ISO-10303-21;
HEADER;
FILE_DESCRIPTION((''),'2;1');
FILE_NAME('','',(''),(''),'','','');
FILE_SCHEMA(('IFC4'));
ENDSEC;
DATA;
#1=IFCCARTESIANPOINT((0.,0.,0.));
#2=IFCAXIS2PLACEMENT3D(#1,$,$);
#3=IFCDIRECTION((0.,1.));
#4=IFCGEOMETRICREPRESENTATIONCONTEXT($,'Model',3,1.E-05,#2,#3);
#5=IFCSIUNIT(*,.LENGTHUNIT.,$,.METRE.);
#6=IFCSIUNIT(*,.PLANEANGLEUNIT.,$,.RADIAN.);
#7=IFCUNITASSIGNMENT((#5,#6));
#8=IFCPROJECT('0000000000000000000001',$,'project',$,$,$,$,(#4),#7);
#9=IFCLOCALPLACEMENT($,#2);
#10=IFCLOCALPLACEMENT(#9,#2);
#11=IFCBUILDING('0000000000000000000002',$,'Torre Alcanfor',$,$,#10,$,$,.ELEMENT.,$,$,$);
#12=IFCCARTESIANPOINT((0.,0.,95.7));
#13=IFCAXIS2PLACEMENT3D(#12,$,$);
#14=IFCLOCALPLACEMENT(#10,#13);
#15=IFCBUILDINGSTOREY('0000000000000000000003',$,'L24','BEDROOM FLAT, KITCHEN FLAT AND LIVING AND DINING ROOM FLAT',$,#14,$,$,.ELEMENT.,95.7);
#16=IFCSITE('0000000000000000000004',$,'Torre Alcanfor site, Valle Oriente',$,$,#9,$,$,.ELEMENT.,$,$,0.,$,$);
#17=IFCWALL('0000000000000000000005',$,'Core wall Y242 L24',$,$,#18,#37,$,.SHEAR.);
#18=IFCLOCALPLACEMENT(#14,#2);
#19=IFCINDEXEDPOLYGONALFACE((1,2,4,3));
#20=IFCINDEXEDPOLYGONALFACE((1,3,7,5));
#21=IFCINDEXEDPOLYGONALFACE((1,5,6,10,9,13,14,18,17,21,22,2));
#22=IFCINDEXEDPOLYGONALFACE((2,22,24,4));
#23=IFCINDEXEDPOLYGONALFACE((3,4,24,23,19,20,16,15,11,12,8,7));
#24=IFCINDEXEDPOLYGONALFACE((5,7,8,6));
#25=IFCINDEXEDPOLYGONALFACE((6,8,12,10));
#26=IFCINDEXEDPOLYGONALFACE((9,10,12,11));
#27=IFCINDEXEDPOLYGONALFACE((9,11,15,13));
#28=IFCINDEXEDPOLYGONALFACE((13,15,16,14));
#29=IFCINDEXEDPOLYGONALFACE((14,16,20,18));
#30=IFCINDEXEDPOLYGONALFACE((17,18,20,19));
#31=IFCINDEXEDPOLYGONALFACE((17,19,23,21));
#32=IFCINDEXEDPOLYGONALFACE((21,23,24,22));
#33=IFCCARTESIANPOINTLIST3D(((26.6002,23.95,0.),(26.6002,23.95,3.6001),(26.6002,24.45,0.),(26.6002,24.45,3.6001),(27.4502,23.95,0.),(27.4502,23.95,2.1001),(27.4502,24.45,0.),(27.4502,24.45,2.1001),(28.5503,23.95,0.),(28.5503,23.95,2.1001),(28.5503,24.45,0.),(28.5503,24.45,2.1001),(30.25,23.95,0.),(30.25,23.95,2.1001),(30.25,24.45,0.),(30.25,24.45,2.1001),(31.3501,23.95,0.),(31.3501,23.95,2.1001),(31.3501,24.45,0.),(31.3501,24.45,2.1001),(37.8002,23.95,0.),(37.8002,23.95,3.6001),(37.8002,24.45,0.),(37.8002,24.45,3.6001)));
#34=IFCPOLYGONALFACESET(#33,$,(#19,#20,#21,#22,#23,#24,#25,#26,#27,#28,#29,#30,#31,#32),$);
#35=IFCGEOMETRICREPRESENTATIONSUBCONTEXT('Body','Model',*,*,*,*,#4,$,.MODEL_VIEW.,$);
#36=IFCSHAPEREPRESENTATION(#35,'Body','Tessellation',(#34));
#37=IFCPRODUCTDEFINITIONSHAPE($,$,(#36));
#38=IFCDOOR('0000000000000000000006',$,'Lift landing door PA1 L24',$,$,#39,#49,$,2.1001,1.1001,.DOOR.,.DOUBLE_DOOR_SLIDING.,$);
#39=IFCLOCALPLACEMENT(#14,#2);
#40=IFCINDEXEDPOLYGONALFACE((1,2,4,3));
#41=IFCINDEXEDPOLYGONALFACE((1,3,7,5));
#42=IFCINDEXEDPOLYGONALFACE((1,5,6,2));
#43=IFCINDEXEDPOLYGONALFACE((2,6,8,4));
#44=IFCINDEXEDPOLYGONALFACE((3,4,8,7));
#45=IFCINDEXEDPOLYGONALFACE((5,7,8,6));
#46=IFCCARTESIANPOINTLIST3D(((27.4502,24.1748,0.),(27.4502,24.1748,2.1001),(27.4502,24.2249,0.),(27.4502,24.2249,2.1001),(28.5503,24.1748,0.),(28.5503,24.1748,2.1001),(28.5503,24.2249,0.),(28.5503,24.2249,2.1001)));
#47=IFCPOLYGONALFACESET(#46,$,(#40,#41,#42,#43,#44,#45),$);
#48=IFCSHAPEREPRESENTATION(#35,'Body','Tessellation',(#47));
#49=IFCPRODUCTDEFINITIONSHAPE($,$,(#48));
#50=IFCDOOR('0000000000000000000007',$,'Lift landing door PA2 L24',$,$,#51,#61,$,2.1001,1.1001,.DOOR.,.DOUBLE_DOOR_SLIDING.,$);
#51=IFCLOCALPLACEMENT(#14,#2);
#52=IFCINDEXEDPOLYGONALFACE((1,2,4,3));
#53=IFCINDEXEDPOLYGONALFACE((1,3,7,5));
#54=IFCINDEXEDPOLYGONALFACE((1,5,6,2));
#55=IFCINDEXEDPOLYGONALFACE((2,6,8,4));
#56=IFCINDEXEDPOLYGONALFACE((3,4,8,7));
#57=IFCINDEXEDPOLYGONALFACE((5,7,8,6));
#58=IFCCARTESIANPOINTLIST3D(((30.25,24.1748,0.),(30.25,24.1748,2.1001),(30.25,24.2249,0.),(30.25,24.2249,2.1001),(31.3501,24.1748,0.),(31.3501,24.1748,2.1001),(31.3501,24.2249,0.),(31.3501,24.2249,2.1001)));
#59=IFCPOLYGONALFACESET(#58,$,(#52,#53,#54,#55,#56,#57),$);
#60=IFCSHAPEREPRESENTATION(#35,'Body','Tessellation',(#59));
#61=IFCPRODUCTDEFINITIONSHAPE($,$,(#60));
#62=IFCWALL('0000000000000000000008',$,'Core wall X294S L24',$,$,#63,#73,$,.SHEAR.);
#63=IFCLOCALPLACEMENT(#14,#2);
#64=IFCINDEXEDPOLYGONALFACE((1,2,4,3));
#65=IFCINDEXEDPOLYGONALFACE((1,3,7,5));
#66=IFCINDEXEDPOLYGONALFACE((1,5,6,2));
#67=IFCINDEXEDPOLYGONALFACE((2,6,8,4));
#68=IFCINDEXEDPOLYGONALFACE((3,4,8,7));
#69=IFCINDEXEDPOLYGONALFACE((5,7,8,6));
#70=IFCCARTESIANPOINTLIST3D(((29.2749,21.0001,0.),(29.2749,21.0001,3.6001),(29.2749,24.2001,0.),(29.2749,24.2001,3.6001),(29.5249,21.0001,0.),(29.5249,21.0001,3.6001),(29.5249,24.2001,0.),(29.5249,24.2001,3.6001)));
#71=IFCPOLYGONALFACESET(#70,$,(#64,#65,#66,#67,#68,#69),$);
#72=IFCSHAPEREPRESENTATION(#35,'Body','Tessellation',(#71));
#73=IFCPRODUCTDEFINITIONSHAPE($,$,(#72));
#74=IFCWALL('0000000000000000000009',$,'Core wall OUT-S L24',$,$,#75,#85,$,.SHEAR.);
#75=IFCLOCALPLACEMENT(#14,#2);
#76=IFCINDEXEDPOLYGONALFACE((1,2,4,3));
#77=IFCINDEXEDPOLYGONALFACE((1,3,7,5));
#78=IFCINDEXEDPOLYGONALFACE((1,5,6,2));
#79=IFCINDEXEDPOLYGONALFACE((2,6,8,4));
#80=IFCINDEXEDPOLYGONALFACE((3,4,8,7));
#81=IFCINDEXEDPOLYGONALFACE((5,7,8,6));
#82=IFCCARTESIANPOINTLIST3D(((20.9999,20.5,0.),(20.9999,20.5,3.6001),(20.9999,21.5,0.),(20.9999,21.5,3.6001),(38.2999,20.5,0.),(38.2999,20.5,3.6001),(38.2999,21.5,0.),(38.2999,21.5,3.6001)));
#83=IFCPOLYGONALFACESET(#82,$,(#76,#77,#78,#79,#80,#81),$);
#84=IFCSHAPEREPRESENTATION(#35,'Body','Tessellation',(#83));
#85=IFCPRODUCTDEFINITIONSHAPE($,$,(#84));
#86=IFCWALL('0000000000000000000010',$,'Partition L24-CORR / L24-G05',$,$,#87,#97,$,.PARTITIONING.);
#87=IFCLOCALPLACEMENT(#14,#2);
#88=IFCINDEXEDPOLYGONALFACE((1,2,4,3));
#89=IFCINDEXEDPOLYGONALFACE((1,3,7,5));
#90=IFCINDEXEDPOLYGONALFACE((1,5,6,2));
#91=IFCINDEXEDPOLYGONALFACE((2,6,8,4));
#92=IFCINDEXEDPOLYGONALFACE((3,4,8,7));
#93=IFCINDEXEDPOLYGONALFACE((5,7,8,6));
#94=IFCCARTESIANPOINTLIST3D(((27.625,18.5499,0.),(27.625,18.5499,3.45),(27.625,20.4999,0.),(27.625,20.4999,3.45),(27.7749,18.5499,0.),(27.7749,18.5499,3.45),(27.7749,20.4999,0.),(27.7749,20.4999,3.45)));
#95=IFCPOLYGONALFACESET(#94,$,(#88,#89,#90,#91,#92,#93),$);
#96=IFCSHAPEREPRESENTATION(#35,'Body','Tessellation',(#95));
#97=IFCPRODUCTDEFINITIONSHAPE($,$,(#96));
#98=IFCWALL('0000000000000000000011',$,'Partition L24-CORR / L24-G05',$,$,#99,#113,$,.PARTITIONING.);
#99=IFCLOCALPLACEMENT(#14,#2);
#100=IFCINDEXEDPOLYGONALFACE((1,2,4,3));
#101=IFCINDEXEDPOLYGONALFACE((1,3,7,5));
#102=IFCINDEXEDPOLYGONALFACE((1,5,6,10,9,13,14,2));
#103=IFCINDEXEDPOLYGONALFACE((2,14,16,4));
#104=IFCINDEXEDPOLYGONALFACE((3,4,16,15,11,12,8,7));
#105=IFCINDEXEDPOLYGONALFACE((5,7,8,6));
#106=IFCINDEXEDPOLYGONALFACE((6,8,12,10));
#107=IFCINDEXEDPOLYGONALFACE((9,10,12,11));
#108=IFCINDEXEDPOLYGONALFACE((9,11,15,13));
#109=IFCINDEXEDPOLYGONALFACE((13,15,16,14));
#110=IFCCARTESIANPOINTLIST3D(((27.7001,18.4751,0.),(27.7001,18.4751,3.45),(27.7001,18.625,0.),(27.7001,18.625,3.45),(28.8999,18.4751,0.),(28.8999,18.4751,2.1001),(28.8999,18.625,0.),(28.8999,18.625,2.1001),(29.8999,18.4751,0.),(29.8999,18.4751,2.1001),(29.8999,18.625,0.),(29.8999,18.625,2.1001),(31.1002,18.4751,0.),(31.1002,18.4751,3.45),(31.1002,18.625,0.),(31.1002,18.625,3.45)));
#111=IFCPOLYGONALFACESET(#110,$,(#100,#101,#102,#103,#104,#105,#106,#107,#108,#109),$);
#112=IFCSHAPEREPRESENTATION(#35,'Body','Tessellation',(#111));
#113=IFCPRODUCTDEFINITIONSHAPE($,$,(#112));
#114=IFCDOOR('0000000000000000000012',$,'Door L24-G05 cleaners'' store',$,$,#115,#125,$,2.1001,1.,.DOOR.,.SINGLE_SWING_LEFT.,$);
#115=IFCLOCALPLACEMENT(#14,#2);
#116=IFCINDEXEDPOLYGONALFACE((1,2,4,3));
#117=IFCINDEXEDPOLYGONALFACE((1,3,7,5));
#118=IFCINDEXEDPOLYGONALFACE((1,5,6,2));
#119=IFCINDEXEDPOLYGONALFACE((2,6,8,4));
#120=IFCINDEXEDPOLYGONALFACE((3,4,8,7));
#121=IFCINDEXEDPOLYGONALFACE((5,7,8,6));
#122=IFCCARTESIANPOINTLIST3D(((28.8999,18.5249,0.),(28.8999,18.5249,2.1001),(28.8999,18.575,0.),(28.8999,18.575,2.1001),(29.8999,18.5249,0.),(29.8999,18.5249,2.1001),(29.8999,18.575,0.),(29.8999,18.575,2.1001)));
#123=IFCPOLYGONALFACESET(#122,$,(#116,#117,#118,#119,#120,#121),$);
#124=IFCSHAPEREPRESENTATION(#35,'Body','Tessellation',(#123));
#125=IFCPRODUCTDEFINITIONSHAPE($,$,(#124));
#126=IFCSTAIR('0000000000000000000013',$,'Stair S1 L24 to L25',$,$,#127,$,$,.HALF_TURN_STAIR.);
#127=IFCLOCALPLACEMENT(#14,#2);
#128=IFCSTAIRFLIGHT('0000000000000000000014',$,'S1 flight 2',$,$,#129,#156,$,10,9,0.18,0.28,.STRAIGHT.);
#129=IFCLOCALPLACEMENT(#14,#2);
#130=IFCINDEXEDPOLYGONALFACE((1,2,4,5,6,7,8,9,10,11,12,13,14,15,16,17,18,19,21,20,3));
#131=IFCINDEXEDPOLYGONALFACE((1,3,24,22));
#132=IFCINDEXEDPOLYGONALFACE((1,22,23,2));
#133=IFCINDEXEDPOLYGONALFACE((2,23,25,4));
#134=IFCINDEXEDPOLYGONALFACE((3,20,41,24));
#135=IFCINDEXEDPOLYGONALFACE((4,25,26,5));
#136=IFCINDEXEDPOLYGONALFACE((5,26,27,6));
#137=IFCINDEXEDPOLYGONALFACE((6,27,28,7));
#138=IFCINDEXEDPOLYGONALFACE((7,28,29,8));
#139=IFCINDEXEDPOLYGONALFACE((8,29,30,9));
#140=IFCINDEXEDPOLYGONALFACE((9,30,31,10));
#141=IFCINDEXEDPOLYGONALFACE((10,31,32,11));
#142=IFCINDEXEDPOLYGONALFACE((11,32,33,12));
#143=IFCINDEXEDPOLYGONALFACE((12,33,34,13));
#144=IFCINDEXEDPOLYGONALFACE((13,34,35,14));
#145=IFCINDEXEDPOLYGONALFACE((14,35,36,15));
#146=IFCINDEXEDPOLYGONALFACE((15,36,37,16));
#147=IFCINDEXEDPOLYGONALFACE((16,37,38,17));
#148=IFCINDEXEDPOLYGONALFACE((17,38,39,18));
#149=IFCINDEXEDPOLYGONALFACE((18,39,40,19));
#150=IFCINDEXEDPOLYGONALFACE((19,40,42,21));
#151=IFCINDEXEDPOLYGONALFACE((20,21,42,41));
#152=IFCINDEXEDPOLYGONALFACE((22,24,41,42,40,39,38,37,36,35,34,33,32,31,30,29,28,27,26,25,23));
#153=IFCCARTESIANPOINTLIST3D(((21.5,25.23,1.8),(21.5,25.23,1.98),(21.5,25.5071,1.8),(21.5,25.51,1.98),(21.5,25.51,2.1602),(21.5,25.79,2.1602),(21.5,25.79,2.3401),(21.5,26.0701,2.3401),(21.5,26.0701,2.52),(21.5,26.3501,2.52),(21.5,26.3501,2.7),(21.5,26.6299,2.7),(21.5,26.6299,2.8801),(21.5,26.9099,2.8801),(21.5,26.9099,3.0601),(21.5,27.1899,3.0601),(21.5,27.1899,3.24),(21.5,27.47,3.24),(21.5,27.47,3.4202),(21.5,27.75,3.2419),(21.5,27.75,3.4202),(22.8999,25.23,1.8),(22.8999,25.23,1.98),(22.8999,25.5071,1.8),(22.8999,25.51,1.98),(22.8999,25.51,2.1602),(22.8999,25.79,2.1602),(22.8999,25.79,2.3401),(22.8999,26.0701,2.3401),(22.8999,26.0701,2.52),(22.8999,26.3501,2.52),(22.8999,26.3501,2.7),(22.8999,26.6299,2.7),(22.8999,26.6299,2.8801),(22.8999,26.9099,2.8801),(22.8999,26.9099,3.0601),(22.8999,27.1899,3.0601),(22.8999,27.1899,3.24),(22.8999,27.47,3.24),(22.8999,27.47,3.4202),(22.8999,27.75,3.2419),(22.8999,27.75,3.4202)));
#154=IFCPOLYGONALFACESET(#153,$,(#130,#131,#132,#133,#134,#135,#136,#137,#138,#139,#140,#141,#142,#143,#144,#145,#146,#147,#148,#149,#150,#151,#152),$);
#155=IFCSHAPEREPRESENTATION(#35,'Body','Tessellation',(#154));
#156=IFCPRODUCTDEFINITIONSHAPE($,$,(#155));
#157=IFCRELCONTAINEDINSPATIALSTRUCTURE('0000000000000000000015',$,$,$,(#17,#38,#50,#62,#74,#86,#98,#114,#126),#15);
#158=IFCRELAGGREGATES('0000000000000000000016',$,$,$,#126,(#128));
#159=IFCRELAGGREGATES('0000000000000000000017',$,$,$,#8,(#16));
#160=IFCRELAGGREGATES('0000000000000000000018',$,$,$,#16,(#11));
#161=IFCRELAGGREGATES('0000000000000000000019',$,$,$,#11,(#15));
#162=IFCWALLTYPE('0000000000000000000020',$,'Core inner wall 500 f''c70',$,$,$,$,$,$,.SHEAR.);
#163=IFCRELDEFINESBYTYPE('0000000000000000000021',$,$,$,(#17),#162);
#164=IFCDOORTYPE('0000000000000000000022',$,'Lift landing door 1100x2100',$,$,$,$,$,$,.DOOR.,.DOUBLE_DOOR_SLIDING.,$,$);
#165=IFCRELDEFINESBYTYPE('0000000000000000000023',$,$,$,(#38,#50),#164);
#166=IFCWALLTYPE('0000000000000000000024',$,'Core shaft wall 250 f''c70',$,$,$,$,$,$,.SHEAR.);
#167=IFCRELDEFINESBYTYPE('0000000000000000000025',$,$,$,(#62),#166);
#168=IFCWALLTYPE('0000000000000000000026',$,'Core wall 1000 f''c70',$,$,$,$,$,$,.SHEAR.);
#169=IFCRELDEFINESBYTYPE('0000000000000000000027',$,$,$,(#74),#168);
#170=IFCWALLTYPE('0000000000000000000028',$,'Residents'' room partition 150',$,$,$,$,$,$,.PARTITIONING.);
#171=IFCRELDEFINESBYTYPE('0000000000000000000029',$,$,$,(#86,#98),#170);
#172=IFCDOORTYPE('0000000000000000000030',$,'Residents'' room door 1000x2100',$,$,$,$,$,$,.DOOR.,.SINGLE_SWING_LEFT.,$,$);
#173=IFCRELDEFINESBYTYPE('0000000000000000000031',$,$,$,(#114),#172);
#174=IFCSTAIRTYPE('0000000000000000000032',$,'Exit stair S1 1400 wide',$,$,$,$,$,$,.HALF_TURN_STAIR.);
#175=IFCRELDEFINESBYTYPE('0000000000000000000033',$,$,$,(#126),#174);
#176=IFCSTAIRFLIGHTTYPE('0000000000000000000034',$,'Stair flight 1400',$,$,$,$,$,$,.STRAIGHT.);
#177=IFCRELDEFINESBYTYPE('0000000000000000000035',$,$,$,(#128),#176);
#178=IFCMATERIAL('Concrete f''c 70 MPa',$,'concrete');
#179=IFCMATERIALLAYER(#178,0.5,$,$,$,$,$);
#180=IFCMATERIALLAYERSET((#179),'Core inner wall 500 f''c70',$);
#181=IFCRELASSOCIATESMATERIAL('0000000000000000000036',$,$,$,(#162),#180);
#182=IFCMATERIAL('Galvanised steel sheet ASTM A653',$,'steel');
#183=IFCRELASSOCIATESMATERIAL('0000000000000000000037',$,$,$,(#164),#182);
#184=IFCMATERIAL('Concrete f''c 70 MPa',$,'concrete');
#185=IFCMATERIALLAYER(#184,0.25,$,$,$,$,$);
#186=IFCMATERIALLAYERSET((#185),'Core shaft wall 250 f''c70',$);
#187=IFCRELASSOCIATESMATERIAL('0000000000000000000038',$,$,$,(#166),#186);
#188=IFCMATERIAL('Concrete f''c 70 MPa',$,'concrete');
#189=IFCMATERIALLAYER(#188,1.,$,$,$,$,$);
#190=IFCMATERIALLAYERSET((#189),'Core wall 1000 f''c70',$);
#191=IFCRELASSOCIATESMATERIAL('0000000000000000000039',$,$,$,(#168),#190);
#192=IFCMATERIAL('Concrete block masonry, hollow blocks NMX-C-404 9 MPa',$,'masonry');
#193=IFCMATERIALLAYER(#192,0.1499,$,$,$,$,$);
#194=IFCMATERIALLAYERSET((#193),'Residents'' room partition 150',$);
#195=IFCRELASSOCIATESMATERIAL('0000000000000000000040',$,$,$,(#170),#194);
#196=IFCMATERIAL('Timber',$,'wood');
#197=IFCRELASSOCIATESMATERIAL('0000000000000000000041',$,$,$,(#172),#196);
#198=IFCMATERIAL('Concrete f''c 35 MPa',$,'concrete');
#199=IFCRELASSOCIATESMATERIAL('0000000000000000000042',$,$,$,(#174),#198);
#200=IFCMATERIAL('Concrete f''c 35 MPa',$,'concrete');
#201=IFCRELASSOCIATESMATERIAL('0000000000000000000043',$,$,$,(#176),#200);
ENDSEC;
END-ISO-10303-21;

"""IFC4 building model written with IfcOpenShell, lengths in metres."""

from ifc_helpers import new_model, si_unit, direction, frame, frame_2d, origin, place, context, subcontext, project, spatial, polyline, rectangle, outline, extrude, material, layer, layer_set, type_object, element, fill, aggregate, save


model = new_model("IFC4")

# Units and contexts
model_context = context("Model", 3, precision=1e-05, world=origin(), true_north=direction((0.0, 1.0)))
body_context = subcontext(model_context, "Body", "Model", "MODEL_VIEW")
ifc_project = project(units=[si_unit("LENGTHUNIT", "METRE"), si_unit("PLANEANGLEUNIT", "RADIAN")], contexts=[model_context])

# Site, building, storey
site_placement = place(None, origin())
site = spatial("IfcSite", under=ifc_project, at=site_placement, Name="Torre Alcanfor site, Valle Oriente", CompositionType="ELEMENT", RefElevation=0.0)
building_placement = place(site_placement, origin())
building = spatial("IfcBuilding", under=site, at=building_placement, Name="Torre Alcanfor", CompositionType="ELEMENT")
storey_placement = place(building_placement, frame((0.0, 0.0, 95.7)))
storey = spatial("IfcBuildingStorey", under=building, at=storey_placement, Name="L24", Description="BEDROOM FLAT, KITCHEN FLAT AND LIVING AND DINING ROOM FLAT", CompositionType="ELEMENT", Elevation=95.7)

# Shared definitions
ifc_material_1 = material(Name="Concrete f'c 70 MPa", Category="concrete")
ifc_layer_1 = layer(ifc_material_1, 0.5)
ifc_layer_set_1 = layer_set([ifc_layer_1], Name="Core inner wall 500 f'c70")
wall_type_1 = type_object("IfcWallType", Name="Core inner wall 500 f'c70", PredefinedType="SHEAR", material=ifc_layer_set_1)

# Wall, openings, doors
wall_1_placement = place(storey_placement, frame((26.6001, 24.2, 0.0), z_axis=(0.0, 0.0, 1.0), x_axis=(1.0, 0.0, 0.0)))
wall_1 = element("IfcWall", 1, at=wall_1_placement, inside=storey, type_object=wall_type_1, Name="Core wall Y242 L24", PredefinedType="SHEAR", context=body_context, shape_type="SweptSolid", body=[
    extrude(rectangle(XDim=11.2, YDim=0.5, at=frame_2d((5.6001, 0.0))), origin(), (0.0, 0.0, 1.0), 3.6001),
])
opening_1_placement = place(wall_1_placement, frame((0.8501, 0.0, 0.0)))
opening_1 = element("IfcOpeningElement", 2, at=opening_1_placement, cuts=wall_1, PredefinedType="OPENING", context=body_context, shape_type="SweptSolid", body=[
    extrude(rectangle(XDim=1.1001, YDim=2.1001, at=frame_2d((0.55, 1.05))), frame((0.0, 0.26, 0.0), z_axis=(0.0, -1.0, 0.0), x_axis=(1.0, 0.0, 0.0)), (0.0, 0.0, 1.0), 0.52),
])
opening_2_placement = place(wall_1_placement, frame((3.6499, 0.0, 0.0)))
opening_2 = element("IfcOpeningElement", 3, at=opening_2_placement, cuts=wall_1, PredefinedType="OPENING", context=body_context, shape_type="SweptSolid", body=[
    extrude(rectangle(XDim=1.1001, YDim=2.1001, at=frame_2d((0.55, 1.05))), frame((0.0, 0.26, 0.0), z_axis=(0.0, -1.0, 0.0), x_axis=(1.0, 0.0, 0.0)), (0.0, 0.0, 1.0), 0.52),
])
ifc_material_2 = material(Name="Galvanised steel sheet ASTM A653", Category="steel")
door_type_1 = type_object("IfcDoorType", Name="Lift landing door 1100x2100", OperationType="DOUBLE_DOOR_SLIDING", PredefinedType="DOOR", material=ifc_material_2)
door_1_placement = place(opening_1_placement, origin())
door_1 = element("IfcDoor", 4, at=door_1_placement, inside=storey, type_object=door_type_1, Name="Lift landing door PA1 L24", OperationType="DOUBLE_DOOR_SLIDING", OverallHeight=2.1001, OverallWidth=1.1001, PredefinedType="DOOR", context=body_context, shape_type="SweptSolid", body=[
    extrude(rectangle(XDim=1.1001, YDim=2.1001, at=frame_2d((0.55, 1.05))), frame((0.0, 0.0249, 0.0), z_axis=(0.0, -1.0, 0.0), x_axis=(1.0, 0.0, 0.0)), (0.0, 0.0, 1.0), 0.05),
])
fill(opening_1, door_1)
door_2_placement = place(opening_2_placement, origin())
door_2 = element("IfcDoor", 5, at=door_2_placement, inside=storey, type_object=door_type_1, Name="Lift landing door PA2 L24", OperationType="DOUBLE_DOOR_SLIDING", OverallHeight=2.1001, OverallWidth=1.1001, PredefinedType="DOOR", context=body_context, shape_type="SweptSolid", body=[
    extrude(rectangle(XDim=1.1001, YDim=2.1001, at=frame_2d((0.55, 1.05))), frame((0.0, 0.0249, 0.0), z_axis=(0.0, -1.0, 0.0), x_axis=(1.0, 0.0, 0.0)), (0.0, 0.0, 1.0), 0.05),
])
fill(opening_2, door_2)

# Walls
ifc_material_3 = material(Name="Concrete f'c 70 MPa", Category="concrete")
ifc_layer_2 = layer(ifc_material_3, 0.25)
ifc_layer_set_2 = layer_set([ifc_layer_2], Name="Core shaft wall 250 f'c70")
wall_type_2 = type_object("IfcWallType", Name="Core shaft wall 250 f'c70", PredefinedType="SHEAR", material=ifc_layer_set_2)
wall_2_placement = place(storey_placement, frame((29.3999, 21.0, 0.0), z_axis=(0.0, 0.0, 1.0), x_axis=(0.0, 1.0, 0.0)))
element("IfcWall", 6, at=wall_2_placement, inside=storey, type_object=wall_type_2, Name="Core wall X294S L24", PredefinedType="SHEAR", context=body_context, shape_type="SweptSolid", body=[
    extrude(rectangle(XDim=3.2, YDim=0.25, at=frame_2d((1.6001, 0.0))), origin(), (0.0, 0.0, 1.0), 3.6001),
])
ifc_material_4 = material(Name="Concrete f'c 70 MPa", Category="concrete")
ifc_layer_3 = layer(ifc_material_4, 1.0)
ifc_layer_set_3 = layer_set([ifc_layer_3], Name="Core wall 1000 f'c70")
wall_type_3 = type_object("IfcWallType", Name="Core wall 1000 f'c70", PredefinedType="SHEAR", material=ifc_layer_set_3)
wall_3_placement = place(storey_placement, frame((21.0, 21.0, 0.0), z_axis=(0.0, 0.0, 1.0), x_axis=(1.0, 0.0, 0.0)))
element("IfcWall", 7, at=wall_3_placement, inside=storey, type_object=wall_type_3, Name="Core wall OUT-S L24", PredefinedType="SHEAR", context=body_context, shape_type="SweptSolid", body=[
    extrude(rectangle(XDim=17.3, YDim=1.0, at=frame_2d((8.6499, 0.0))), origin(), (0.0, 0.0, 1.0), 3.6001),
])
ifc_material_5 = material(Name="Concrete block masonry, hollow blocks NMX-C-404 9 MPa", Category="masonry")
ifc_layer_4 = layer(ifc_material_5, 0.1499)
ifc_layer_set_4 = layer_set([ifc_layer_4], Name="Residents' room partition 150")
wall_type_4 = type_object("IfcWallType", Name="Residents' room partition 150", PredefinedType="PARTITIONING", material=ifc_layer_set_4)
wall_4_placement = place(storey_placement, frame((27.7, 20.5, 0.0), z_axis=(0.0, 0.0, 1.0), x_axis=(0.0, -1.0, 0.0)))
element("IfcWall", 8, at=wall_4_placement, inside=storey, type_object=wall_type_4, Name="Partition L24-CORR / L24-G05", PredefinedType="PARTITIONING", context=body_context, shape_type="SweptSolid", body=[
    extrude(rectangle(XDim=1.95, YDim=0.1499, at=frame_2d((0.9751, 0.0))), origin(), (0.0, 0.0, 1.0), 3.45),
])

# Wall, opening, door
wall_5_placement = place(storey_placement, frame((27.7, 18.55, 0.0), z_axis=(0.0, 0.0, 1.0), x_axis=(1.0, 0.0, 0.0)))
wall_5 = element("IfcWall", 9, at=wall_5_placement, inside=storey, type_object=wall_type_4, Name="Partition L24-CORR / L24-G05", PredefinedType="PARTITIONING", context=body_context, shape_type="SweptSolid", body=[
    extrude(rectangle(XDim=3.4001, YDim=0.1499, at=frame_2d((1.7002, 0.0))), origin(), (0.0, 0.0, 1.0), 3.45),
])
opening_3_placement = place(wall_5_placement, frame((1.2, 0.0, 0.0)))
opening_3 = element("IfcOpeningElement", 10, at=opening_3_placement, cuts=wall_5, PredefinedType="OPENING", context=body_context, shape_type="SweptSolid", body=[
    extrude(rectangle(XDim=1.0, YDim=2.1001, at=frame_2d((0.5, 1.05))), frame((0.0, 0.085, 0.0), z_axis=(0.0, -1.0, 0.0), x_axis=(1.0, 0.0, 0.0)), (0.0, 0.0, 1.0), 0.1699),
])
ifc_material_6 = material(Name="Timber", Category="wood")
door_type_2 = type_object("IfcDoorType", Name="Residents' room door 1000x2100", OperationType="SINGLE_SWING_LEFT", PredefinedType="DOOR", material=ifc_material_6)
door_3_placement = place(opening_3_placement, origin())
door_3 = element("IfcDoor", 11, at=door_3_placement, inside=storey, type_object=door_type_2, Name="Door L24-G05 cleaners' store", OperationType="SINGLE_SWING_LEFT", OverallHeight=2.1001, OverallWidth=1.0, PredefinedType="DOOR", context=body_context, shape_type="SweptSolid", body=[
    extrude(rectangle(XDim=1.0, YDim=2.1001, at=frame_2d((0.5, 1.05))), frame((0.0, 0.0249, 0.0), z_axis=(0.0, -1.0, 0.0), x_axis=(1.0, 0.0, 0.0)), (0.0, 0.0, 1.0), 0.05),
])
fill(opening_3, door_3)

# Stair, stair flight
ifc_material_7 = material(Name="Concrete f'c 35 MPa", Category="concrete")
stair_type = type_object("IfcStairType", Name="Exit stair S1 1400 wide", PredefinedType="HALF_TURN_STAIR", material=ifc_material_7)
stair_placement = place(storey_placement, origin())
stair = element("IfcStair", 12, at=stair_placement, inside=storey, type_object=stair_type, Name="Stair S1 L24 to L25", PredefinedType="HALF_TURN_STAIR")
ifc_material_8 = material(Name="Concrete f'c 35 MPa", Category="concrete")
stair_flight_type = type_object("IfcStairFlightType", Name="Stair flight 1400", PredefinedType="STRAIGHT", material=ifc_material_8)
stair_flight_placement = place(storey_placement, frame((22.2, 25.23, 1.8), z_axis=(0.0, 0.0, 1.0), x_axis=(0.0, 1.0, 0.0)))
stair_flight = element("IfcStairFlight", 13, at=stair_flight_placement, type_object=stair_flight_type, Name="S1 flight 2", NumberOfRisers=10, NumberOfTreads=9, PredefinedType="STRAIGHT", RiserHeight=0.18, TreadLength=0.28, context=body_context, shape_type="SweptSolid", body=[
    extrude(outline(polyline([(0.0, 0.0), (0.0, 0.1799), (0.28, 0.1799), (0.28, 0.3601), (0.5601, 0.3601), (0.5601, 0.54), (0.8401, 0.54), (0.8401, 0.72), (1.1201, 0.72), (1.1201, 0.8999), (1.3999, 0.8999), (1.3999, 1.0801), (1.6799, 1.0801), (1.6799, 1.26), (1.96, 1.26), (1.96, 1.4399), (2.24, 1.4399), (2.24, 1.6201), (2.52, 1.6201), (2.52, 1.8), (2.52, 1.4419), (0.2771, 0.0), (0.0, 0.0)])), frame((0.0, 0.7, 0.0), z_axis=(0.0, -1.0, 0.0), x_axis=(1.0, 0.0, 0.0)), (0.0, 0.0, 1.0), 1.3999),
])
aggregate(stair, [stair_flight])

save(model, "model.ifc")
